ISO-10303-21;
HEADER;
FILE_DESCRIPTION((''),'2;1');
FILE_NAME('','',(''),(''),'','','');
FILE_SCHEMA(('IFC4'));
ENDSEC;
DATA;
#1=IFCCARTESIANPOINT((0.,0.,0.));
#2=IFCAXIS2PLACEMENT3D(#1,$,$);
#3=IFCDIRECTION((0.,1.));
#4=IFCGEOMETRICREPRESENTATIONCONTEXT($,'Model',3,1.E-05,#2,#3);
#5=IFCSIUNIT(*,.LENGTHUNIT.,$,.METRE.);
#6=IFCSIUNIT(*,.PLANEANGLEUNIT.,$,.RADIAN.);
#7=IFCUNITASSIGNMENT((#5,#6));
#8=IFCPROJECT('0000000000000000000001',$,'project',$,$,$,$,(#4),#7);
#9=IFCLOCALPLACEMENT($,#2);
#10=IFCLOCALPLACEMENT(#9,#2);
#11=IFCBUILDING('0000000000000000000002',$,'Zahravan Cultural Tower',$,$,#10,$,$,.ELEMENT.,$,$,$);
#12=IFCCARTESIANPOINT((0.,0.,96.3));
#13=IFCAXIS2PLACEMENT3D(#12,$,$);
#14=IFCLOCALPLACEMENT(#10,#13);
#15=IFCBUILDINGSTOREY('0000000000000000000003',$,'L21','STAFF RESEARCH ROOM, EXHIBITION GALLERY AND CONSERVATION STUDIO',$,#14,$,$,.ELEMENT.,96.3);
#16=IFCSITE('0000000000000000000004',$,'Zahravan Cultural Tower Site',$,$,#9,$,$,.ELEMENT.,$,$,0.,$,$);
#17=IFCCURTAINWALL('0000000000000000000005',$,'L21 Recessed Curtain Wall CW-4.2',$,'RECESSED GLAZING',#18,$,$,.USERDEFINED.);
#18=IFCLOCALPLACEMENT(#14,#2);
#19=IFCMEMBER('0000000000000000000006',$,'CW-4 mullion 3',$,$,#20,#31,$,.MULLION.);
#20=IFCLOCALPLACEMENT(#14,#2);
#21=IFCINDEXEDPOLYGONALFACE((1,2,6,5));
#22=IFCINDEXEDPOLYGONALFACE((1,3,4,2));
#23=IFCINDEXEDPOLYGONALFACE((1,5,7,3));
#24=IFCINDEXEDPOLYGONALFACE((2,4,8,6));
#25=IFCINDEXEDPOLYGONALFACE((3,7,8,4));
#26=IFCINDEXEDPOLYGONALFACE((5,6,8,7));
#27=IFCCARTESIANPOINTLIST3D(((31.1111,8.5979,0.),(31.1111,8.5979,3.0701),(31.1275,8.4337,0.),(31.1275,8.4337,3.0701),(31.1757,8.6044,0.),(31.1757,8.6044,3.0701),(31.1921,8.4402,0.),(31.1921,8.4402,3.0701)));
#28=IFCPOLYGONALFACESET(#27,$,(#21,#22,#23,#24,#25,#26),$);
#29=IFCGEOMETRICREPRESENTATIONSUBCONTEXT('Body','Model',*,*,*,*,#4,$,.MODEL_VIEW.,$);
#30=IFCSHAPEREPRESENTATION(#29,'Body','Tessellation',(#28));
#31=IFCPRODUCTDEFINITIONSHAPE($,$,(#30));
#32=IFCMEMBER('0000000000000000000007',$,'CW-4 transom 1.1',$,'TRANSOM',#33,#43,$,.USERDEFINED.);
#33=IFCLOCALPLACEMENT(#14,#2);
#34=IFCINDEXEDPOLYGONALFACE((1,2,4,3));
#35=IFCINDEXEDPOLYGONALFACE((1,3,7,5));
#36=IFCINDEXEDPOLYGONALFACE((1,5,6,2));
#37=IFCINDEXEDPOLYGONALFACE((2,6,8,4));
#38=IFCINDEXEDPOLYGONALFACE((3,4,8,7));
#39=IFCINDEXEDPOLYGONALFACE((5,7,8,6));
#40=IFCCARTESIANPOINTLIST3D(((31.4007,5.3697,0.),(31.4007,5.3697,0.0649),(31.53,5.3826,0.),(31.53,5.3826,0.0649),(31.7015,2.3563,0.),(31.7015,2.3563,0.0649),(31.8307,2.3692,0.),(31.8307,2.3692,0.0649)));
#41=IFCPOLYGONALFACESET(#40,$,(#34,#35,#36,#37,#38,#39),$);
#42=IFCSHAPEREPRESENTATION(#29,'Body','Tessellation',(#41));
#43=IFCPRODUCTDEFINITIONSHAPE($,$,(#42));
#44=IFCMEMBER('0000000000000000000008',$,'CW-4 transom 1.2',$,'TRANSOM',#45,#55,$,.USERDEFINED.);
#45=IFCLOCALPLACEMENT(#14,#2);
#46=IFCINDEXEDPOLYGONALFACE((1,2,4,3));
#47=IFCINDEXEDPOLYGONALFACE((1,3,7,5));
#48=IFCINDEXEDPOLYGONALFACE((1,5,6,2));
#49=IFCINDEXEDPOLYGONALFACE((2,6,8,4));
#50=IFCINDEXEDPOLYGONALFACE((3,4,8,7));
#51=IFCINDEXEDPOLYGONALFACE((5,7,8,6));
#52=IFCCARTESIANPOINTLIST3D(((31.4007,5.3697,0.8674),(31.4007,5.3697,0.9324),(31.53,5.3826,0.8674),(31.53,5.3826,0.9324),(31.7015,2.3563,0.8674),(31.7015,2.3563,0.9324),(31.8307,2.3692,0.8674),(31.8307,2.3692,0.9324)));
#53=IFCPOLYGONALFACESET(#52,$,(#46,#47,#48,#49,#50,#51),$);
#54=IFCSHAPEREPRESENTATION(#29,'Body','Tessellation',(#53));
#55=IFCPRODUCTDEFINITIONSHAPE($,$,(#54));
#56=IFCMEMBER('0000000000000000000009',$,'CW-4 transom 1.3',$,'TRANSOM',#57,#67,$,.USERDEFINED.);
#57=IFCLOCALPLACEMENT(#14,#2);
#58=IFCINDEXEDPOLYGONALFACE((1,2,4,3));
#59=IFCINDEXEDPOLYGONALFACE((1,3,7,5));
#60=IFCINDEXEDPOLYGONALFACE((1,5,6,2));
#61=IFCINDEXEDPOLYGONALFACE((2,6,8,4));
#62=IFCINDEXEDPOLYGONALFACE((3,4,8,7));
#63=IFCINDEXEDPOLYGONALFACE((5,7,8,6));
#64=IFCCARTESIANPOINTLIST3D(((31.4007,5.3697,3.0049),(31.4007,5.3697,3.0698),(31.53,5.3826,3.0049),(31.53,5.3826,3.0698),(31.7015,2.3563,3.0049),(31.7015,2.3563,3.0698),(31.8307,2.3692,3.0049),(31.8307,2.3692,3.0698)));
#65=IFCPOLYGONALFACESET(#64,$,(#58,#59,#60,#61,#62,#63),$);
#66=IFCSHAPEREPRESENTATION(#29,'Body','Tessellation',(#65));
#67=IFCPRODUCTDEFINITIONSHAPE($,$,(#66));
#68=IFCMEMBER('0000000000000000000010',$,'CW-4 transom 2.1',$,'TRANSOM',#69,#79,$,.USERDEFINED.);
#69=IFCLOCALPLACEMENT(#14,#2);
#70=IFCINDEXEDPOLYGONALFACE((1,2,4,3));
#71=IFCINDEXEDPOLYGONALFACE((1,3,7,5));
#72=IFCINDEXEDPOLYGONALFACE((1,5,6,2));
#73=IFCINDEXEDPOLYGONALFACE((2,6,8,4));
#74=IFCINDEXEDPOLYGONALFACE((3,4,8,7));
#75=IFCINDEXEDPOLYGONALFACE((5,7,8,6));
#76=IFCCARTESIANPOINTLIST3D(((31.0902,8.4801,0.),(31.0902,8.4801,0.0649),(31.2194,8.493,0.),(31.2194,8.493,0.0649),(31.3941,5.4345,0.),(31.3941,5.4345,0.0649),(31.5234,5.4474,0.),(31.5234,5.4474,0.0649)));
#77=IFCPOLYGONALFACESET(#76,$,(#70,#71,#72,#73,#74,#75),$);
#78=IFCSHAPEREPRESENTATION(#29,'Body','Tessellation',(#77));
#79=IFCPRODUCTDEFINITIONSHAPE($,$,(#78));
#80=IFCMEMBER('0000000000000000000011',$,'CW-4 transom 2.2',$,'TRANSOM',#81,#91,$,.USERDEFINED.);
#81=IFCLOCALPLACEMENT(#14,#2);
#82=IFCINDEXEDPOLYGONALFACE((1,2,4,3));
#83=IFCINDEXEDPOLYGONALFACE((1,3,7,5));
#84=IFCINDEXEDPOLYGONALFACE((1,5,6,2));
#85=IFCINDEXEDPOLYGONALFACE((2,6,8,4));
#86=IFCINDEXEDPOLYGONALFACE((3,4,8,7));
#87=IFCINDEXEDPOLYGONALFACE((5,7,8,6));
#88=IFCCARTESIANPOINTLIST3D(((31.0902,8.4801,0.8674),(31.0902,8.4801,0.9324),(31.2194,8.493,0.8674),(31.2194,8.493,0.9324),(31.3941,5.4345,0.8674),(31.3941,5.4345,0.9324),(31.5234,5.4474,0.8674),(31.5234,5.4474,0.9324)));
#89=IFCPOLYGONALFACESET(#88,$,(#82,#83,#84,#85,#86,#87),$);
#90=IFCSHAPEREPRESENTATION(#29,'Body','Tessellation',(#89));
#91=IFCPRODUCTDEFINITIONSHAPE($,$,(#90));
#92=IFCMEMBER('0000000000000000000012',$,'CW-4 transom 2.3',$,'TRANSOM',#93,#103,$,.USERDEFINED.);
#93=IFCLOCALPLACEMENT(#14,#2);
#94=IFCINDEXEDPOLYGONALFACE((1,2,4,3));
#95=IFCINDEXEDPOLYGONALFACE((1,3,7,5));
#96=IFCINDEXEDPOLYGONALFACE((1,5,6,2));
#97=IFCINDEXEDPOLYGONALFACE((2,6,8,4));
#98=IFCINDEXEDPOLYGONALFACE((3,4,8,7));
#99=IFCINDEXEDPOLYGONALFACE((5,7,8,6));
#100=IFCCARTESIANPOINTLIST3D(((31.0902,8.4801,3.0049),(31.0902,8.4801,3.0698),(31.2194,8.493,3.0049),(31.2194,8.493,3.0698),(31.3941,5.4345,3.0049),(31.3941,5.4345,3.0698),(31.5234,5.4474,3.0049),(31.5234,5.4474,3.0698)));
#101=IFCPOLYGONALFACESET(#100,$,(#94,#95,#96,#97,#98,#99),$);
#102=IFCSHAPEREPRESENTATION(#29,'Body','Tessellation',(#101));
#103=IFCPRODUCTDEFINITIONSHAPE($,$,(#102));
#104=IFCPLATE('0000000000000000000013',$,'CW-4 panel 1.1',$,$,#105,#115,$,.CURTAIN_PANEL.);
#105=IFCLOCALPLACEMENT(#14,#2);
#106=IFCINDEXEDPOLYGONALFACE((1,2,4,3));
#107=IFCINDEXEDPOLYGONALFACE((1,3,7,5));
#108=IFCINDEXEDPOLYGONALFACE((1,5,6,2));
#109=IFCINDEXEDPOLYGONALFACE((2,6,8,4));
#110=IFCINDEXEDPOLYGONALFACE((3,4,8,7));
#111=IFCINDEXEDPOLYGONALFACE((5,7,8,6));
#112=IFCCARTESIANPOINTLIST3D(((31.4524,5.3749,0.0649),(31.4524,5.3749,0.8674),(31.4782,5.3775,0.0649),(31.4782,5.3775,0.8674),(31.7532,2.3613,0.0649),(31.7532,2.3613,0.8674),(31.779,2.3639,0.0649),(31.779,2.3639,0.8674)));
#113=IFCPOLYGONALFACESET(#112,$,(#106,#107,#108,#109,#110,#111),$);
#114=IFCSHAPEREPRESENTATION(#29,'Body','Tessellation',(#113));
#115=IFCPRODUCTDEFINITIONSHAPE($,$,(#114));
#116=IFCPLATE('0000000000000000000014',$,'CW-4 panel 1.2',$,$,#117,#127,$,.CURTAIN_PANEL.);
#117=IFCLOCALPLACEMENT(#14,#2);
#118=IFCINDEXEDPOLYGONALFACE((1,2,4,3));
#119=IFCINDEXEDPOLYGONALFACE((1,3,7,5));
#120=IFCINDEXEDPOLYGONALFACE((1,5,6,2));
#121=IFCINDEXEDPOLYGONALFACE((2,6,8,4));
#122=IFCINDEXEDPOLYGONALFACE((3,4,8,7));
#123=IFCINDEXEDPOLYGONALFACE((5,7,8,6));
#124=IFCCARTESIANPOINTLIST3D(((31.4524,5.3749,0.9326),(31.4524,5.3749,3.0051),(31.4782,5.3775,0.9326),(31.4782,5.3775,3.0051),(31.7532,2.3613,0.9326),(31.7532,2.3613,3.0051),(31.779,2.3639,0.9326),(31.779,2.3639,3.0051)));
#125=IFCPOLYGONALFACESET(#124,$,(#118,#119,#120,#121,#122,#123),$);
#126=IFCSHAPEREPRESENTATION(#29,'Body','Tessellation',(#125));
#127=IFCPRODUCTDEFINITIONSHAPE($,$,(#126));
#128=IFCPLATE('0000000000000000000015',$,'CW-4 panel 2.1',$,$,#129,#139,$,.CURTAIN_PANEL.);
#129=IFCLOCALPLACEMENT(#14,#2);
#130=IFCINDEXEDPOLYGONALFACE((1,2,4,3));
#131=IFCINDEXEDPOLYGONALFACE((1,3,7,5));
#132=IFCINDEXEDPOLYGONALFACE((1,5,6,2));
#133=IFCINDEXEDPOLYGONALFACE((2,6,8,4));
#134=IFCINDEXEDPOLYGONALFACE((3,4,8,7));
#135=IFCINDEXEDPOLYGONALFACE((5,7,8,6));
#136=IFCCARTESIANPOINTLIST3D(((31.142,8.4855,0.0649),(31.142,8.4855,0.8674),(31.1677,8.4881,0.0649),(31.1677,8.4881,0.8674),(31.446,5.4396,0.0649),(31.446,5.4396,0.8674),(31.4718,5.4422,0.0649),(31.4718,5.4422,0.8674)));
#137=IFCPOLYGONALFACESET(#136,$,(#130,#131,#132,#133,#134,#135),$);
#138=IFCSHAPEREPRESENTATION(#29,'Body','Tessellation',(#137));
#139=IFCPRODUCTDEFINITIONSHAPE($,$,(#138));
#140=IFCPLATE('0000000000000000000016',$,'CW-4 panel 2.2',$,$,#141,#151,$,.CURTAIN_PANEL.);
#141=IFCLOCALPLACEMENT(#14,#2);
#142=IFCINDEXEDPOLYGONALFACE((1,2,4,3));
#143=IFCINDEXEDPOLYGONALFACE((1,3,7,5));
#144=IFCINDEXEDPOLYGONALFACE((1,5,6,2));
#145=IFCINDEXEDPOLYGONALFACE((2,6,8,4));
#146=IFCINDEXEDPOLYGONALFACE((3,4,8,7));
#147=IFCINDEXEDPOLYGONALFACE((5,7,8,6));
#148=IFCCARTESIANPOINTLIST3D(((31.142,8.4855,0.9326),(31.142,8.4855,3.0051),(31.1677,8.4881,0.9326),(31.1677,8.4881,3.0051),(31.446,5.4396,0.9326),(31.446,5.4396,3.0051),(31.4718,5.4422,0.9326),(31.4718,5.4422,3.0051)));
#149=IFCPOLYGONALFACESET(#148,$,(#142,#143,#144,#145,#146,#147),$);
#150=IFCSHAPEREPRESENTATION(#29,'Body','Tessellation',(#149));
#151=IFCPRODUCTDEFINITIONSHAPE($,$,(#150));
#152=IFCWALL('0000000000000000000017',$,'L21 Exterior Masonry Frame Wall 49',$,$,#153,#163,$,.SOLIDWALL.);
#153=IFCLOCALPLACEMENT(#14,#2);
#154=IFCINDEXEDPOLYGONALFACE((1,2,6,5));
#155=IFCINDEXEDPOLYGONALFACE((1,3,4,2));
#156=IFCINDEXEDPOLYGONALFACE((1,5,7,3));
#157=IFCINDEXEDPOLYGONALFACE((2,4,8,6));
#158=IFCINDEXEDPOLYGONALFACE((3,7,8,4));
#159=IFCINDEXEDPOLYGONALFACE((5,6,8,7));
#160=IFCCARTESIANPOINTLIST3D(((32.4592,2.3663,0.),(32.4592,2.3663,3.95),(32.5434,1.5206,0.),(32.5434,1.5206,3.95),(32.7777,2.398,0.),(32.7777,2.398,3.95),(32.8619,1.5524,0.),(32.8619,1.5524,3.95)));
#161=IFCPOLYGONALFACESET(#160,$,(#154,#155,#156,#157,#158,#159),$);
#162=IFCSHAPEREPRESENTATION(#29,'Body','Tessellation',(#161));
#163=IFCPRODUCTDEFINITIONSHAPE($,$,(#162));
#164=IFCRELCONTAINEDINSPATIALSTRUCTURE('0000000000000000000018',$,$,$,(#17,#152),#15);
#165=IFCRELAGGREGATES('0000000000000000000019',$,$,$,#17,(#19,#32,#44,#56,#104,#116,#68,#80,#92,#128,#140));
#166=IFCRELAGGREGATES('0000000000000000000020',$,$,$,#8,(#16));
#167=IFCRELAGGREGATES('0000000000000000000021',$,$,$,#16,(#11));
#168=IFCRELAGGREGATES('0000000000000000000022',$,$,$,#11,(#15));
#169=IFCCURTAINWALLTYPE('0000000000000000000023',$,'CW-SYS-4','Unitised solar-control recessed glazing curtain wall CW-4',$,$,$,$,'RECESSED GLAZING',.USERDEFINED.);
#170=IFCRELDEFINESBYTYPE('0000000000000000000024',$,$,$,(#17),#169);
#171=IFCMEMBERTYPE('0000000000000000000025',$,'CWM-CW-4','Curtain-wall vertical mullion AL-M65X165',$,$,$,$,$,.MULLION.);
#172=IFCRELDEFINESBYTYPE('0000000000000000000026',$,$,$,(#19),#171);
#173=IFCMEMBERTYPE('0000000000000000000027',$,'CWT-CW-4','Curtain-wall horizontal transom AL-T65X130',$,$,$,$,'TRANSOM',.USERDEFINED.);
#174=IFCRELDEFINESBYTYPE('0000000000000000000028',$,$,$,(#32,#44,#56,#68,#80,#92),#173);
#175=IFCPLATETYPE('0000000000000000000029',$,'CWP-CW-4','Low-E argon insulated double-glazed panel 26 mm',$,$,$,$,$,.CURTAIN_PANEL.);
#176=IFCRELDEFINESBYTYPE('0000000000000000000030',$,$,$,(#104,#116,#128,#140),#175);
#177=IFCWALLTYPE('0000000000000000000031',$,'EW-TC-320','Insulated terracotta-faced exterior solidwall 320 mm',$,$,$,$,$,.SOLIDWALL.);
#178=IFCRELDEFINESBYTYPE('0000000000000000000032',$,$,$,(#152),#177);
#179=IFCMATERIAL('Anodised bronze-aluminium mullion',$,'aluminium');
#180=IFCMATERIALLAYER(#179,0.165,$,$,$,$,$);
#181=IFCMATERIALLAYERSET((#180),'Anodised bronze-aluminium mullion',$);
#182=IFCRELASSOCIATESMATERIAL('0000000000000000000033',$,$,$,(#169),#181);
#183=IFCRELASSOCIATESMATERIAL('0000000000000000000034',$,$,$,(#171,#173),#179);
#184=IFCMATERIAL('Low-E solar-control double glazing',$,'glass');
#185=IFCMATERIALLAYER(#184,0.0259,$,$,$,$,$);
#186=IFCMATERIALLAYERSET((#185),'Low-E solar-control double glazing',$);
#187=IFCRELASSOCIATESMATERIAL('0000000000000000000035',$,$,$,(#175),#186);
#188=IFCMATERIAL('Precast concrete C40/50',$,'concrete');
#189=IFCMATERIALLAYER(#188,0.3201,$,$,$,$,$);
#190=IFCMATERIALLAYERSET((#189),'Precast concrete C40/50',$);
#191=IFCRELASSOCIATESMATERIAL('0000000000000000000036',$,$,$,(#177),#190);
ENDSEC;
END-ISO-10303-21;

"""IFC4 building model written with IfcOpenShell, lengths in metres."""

from ifc_helpers import new_model, si_unit, direction, frame, frame_2d, origin, origin_2d, place, context, subcontext, project, spatial, rectangle, extrude, source, transform, mapped, material, layer, layer_set, material_profile, profile_set, type_object, element, aggregate, save


model = new_model("IFC4")

# Units and contexts
model_context = context("Model", 3, precision=1e-05, world=origin(), true_north=direction((0.0, 1.0)))
body_context = subcontext(model_context, "Body", "Model", "MODEL_VIEW")
ifc_project = project(units=[si_unit("LENGTHUNIT", "METRE"), si_unit("PLANEANGLEUNIT", "RADIAN")], contexts=[model_context])

# Site, building, storey
site_placement = place(None, origin())
site = spatial("IfcSite", under=ifc_project, at=site_placement, Name="Zahravan Cultural Tower Site", CompositionType="ELEMENT", RefElevation=0.0)
building_placement = place(site_placement, origin())
building = spatial("IfcBuilding", under=site, at=building_placement, Name="Zahravan Cultural Tower", CompositionType="ELEMENT")
storey_placement = place(building_placement, frame((0.0, 0.0, 96.3)))
storey = spatial("IfcBuildingStorey", under=building, at=storey_placement, Name="L21", Description="STAFF RESEARCH ROOM, EXHIBITION GALLERY AND CONSERVATION STUDIO", CompositionType="ELEMENT", Elevation=96.3)

# Curtain wall, members, plates
ifc_material_1 = material(Name="Anodised bronze-aluminium mullion", Category="aluminium")
ifc_layer_1 = layer(ifc_material_1, 0.165)
ifc_layer_set_1 = layer_set([ifc_layer_1], Name="Anodised bronze-aluminium mullion")
curtain_wall_type = type_object("IfcCurtainWallType", Name="CW-SYS-4", Description="Unitised solar-control recessed glazing curtain wall CW-4", ElementType="RECESSED GLAZING", PredefinedType="USERDEFINED", material=ifc_layer_set_1)
curtain_wall_placement = place(storey_placement, origin())
curtain_wall = element("IfcCurtainWall", 1, at=curtain_wall_placement, inside=storey, type_object=curtain_wall_type, Name="L21 Recessed Curtain Wall CW-4.2", ObjectType="RECESSED GLAZING", PredefinedType="USERDEFINED")
ifc_material_profile_1 = material_profile(ifc_material_1, rectangle(XDim=0.0649, YDim=0.165, at=origin_2d()), Name="AL-M65X165")
ifc_profile_set_1 = profile_set([ifc_material_profile_1], Name="Anodised bronze-aluminium mullion")
member_type_1 = type_object("IfcMemberType", Name="CWM-CW-4", Description="Curtain-wall vertical mullion AL-M65X165", PredefinedType="MULLION", material=ifc_profile_set_1)
shared_shape_1 = source(origin(), body_context, "Body", "SweptSolid", [
    extrude(rectangle(XDim=0.0649, YDim=0.165, at=origin_2d()), origin(), (0.0, 0.0, 1.0), 3.0701),
])
member_1_placement = place(storey_placement, frame((31.1516, 8.519, 0.0), z_axis=(0.0, 0.0, 1.0), x_axis=(-0.995055, -0.099322, 0.0)))
member_1 = element("IfcMember", 2, at=member_1_placement, type_object=member_type_1, Name="CW-4 mullion 3", PredefinedType="MULLION", context=body_context, shape_type="MappedRepresentation", body=[
    mapped(shared_shape_1, transform((0.0, 0.0, 0.0), x_axis=(1.0, 0.0, 0.0), y_axis=(0.0, 1.0, 0.0), z_axis=(0.0, 0.0, 1.0), scale=1.0)),
])
ifc_material_profile_2 = material_profile(ifc_material_1, rectangle(XDim=0.1299, YDim=0.0649, at=origin_2d()), Name="AL-T65X130")
ifc_profile_set_2 = profile_set([ifc_material_profile_2], Name="Anodised bronze-aluminium mullion")
member_type_2 = type_object("IfcMemberType", Name="CWT-CW-4", Description="Curtain-wall horizontal transom AL-T65X130", ElementType="TRANSOM", PredefinedType="USERDEFINED", material=ifc_profile_set_2)
shared_shape_2 = source(origin(), body_context, "Body", "SweptSolid", [
    extrude(rectangle(XDim=0.1299, YDim=0.0649, at=origin_2d()), origin(), (0.0, 0.0, 1.0), 3.0283),
])
member_2_placement = place(storey_placement, frame((31.7661, 2.3628, 0.0325), z_axis=(-0.09932, 0.995056, 0.0), x_axis=(-0.995056, -0.09932, 0.0)))
member_2 = element("IfcMember", 3, at=member_2_placement, type_object=member_type_2, Name="CW-4 transom 1.1", ObjectType="TRANSOM", PredefinedType="USERDEFINED", context=body_context, shape_type="MappedRepresentation", body=[
    mapped(shared_shape_2, transform((0.0, 0.0, 0.0), x_axis=(1.0, 0.0, 0.0), y_axis=(0.0, 1.0, 0.0), z_axis=(0.0, 0.0, 1.0), scale=1.0)),
])
member_3_placement = place(storey_placement, frame((31.7661, 2.3628, 0.8999), z_axis=(-0.09932, 0.995056, 0.0), x_axis=(-0.995056, -0.09932, 0.0)))
member_3 = element("IfcMember", 4, at=member_3_placement, type_object=member_type_2, Name="CW-4 transom 1.2", ObjectType="TRANSOM", PredefinedType="USERDEFINED", context=body_context, shape_type="MappedRepresentation", body=[
    mapped(shared_shape_2, transform((0.0, 0.0, 0.0), x_axis=(1.0, 0.0, 0.0), y_axis=(0.0, 1.0, 0.0), z_axis=(0.0, 0.0, 1.0), scale=1.0)),
])
member_4_placement = place(storey_placement, frame((31.7661, 2.3628, 3.0374), z_axis=(-0.09932, 0.995056, 0.0), x_axis=(-0.995056, -0.09932, 0.0)))
member_4 = element("IfcMember", 5, at=member_4_placement, type_object=member_type_2, Name="CW-4 transom 1.3", ObjectType="TRANSOM", PredefinedType="USERDEFINED", context=body_context, shape_type="MappedRepresentation", body=[
    mapped(shared_shape_2, transform((0.0, 0.0, 0.0), x_axis=(1.0, 0.0, 0.0), y_axis=(0.0, 1.0, 0.0), z_axis=(0.0, 0.0, 1.0), scale=1.0)),
])
shared_shape_3 = source(origin(), body_context, "Body", "SweptSolid", [
    extrude(rectangle(XDim=0.1299, YDim=0.0649, at=origin_2d()), origin(), (0.0, 0.0, 1.0), 3.0608),
])
member_5_placement = place(storey_placement, frame((31.4587, 5.4409, 0.0325), z_axis=(-0.099306, 0.995057, 0.0), x_axis=(-0.995057, -0.099306, 0.0)))
member_5 = element("IfcMember", 6, at=member_5_placement, type_object=member_type_2, Name="CW-4 transom 2.1", ObjectType="TRANSOM", PredefinedType="USERDEFINED", context=body_context, shape_type="MappedRepresentation", body=[
    mapped(shared_shape_3, transform((0.0, 0.0, 0.0), x_axis=(1.0, 0.0, 0.0), y_axis=(0.0, 1.0, 0.0), z_axis=(0.0, 0.0, 1.0), scale=1.0)),
])
member_6_placement = place(storey_placement, frame((31.4587, 5.4409, 0.8999), z_axis=(-0.099306, 0.995057, 0.0), x_axis=(-0.995057, -0.099306, 0.0)))
member_6 = element("IfcMember", 7, at=member_6_placement, type_object=member_type_2, Name="CW-4 transom 2.2", ObjectType="TRANSOM", PredefinedType="USERDEFINED", context=body_context, shape_type="MappedRepresentation", body=[
    mapped(shared_shape_3, transform((0.0, 0.0, 0.0), x_axis=(1.0, 0.0, 0.0), y_axis=(0.0, 1.0, 0.0), z_axis=(0.0, 0.0, 1.0), scale=1.0)),
])
member_7_placement = place(storey_placement, frame((31.4587, 5.4409, 3.0374), z_axis=(-0.099306, 0.995057, 0.0), x_axis=(-0.995057, -0.099306, 0.0)))
member_7 = element("IfcMember", 8, at=member_7_placement, type_object=member_type_2, Name="CW-4 transom 2.3", ObjectType="TRANSOM", PredefinedType="USERDEFINED", context=body_context, shape_type="MappedRepresentation", body=[
    mapped(shared_shape_3, transform((0.0, 0.0, 0.0), x_axis=(1.0, 0.0, 0.0), y_axis=(0.0, 1.0, 0.0), z_axis=(0.0, 0.0, 1.0), scale=1.0)),
])
ifc_material_2 = material(Name="Low-E solar-control double glazing", Category="glass")
ifc_layer_2 = layer(ifc_material_2, 0.0259)
ifc_layer_set_2 = layer_set([ifc_layer_2], Name="Low-E solar-control double glazing")
plate_type = type_object("IfcPlateType", Name="CWP-CW-4", Description="Low-E argon insulated double-glazed panel 26 mm", PredefinedType="CURTAIN_PANEL", material=ifc_layer_set_2)
shared_shape_4 = source(origin(), body_context, "Body", "SweptSolid", [
    extrude(rectangle(XDim=3.0286, YDim=0.0259, at=origin_2d()), origin(), (0.0, 0.0, 1.0), 0.8025),
])
plate_1_placement = place(storey_placement, frame((31.6157, 3.8694, 0.0649), z_axis=(0.0, 0.0, 1.0), x_axis=(-0.099322, 0.995055, 0.0)))
plate_1 = element("IfcPlate", 9, at=plate_1_placement, type_object=plate_type, Name="CW-4 panel 1.1", PredefinedType="CURTAIN_PANEL", context=body_context, shape_type="MappedRepresentation", body=[
    mapped(shared_shape_4, transform((0.0, 0.0, 0.0), x_axis=(1.0, 0.0, 0.0), y_axis=(0.0, 1.0, 0.0), z_axis=(0.0, 0.0, 1.0), scale=1.0)),
])
shared_shape_5 = source(origin(), body_context, "Body", "SweptSolid", [
    extrude(rectangle(XDim=3.0286, YDim=0.0259, at=origin_2d()), origin(), (0.0, 0.0, 1.0), 2.0725),
])
plate_2_placement = place(storey_placement, frame((31.6157, 3.8694, 0.9326), z_axis=(0.0, 0.0, 1.0), x_axis=(-0.099322, 0.995055, 0.0)))
plate_2 = element("IfcPlate", 10, at=plate_2_placement, type_object=plate_type, Name="CW-4 panel 1.2", PredefinedType="CURTAIN_PANEL", context=body_context, shape_type="MappedRepresentation", body=[
    mapped(shared_shape_5, transform((0.0, 0.0, 0.0), x_axis=(1.0, 0.0, 0.0), y_axis=(0.0, 1.0, 0.0), z_axis=(0.0, 0.0, 1.0), scale=1.0)),
])
shared_shape_6 = source(origin(), body_context, "Body", "SweptSolid", [
    extrude(rectangle(XDim=3.061, YDim=0.0259, at=origin_2d()), origin(), (0.0, 0.0, 1.0), 0.8025),
])
plate_3_placement = place(storey_placement, frame((31.3069, 6.9639, 0.0649), z_axis=(0.0, 0.0, 1.0), x_axis=(-0.099322, 0.995055, 0.0)))
plate_3 = element("IfcPlate", 11, at=plate_3_placement, type_object=plate_type, Name="CW-4 panel 2.1", PredefinedType="CURTAIN_PANEL", context=body_context, shape_type="MappedRepresentation", body=[
    mapped(shared_shape_6, transform((0.0, 0.0, 0.0), x_axis=(1.0, 0.0, 0.0), y_axis=(0.0, 1.0, 0.0), z_axis=(0.0, 0.0, 1.0), scale=1.0)),
])
shared_shape_7 = source(origin(), body_context, "Body", "SweptSolid", [
    extrude(rectangle(XDim=3.061, YDim=0.0259, at=origin_2d()), origin(), (0.0, 0.0, 1.0), 2.0725),
])
plate_4_placement = place(storey_placement, frame((31.3069, 6.9639, 0.9326), z_axis=(0.0, 0.0, 1.0), x_axis=(-0.099322, 0.995055, 0.0)))
plate_4 = element("IfcPlate", 12, at=plate_4_placement, type_object=plate_type, Name="CW-4 panel 2.2", PredefinedType="CURTAIN_PANEL", context=body_context, shape_type="MappedRepresentation", body=[
    mapped(shared_shape_7, transform((0.0, 0.0, 0.0), x_axis=(1.0, 0.0, 0.0), y_axis=(0.0, 1.0, 0.0), z_axis=(0.0, 0.0, 1.0), scale=1.0)),
])
aggregate(curtain_wall, [member_1, member_2, member_3, member_4, plate_1, plate_2, member_5, member_6, member_7, plate_3, plate_4])

# Wall
ifc_material_3 = material(Name="Precast concrete C40/50", Category="concrete")
ifc_layer_3 = layer(ifc_material_3, 0.3201)
ifc_layer_set_3 = layer_set([ifc_layer_3], Name="Precast concrete C40/50")
wall_type_1 = type_object("IfcWallType", Name="EW-TC-320", Description="Insulated terracotta-faced exterior solidwall 320 mm", PredefinedType="SOLIDWALL", material=ifc_layer_set_3)
shared_shape_8 = source(origin(), body_context, "Body", "SweptSolid", [
    extrude(rectangle(XDim=0.8499, YDim=0.3201, at=frame_2d((0.4248, 0.0))), origin(), (0.0, 0.0, 1.0), 3.95),
])
wall_1_placement = place(storey_placement, frame((32.7026, 1.5366, 0.0), z_axis=(0.0, 0.0, 1.0), x_axis=(-0.099106, 0.995077, 0.0)))
element("IfcWall", 13, at=wall_1_placement, inside=storey, type_object=wall_type_1, Name="L21 Exterior Masonry Frame Wall 49", PredefinedType="SOLIDWALL", context=body_context, shape_type="MappedRepresentation", body=[
    mapped(shared_shape_8, transform((0.0, 0.0, 0.0), x_axis=(1.0, 0.0, 0.0), y_axis=(0.0, 1.0, 0.0), z_axis=(0.0, 0.0, 1.0), scale=1.0)),
])

save(model, "model.ifc")
